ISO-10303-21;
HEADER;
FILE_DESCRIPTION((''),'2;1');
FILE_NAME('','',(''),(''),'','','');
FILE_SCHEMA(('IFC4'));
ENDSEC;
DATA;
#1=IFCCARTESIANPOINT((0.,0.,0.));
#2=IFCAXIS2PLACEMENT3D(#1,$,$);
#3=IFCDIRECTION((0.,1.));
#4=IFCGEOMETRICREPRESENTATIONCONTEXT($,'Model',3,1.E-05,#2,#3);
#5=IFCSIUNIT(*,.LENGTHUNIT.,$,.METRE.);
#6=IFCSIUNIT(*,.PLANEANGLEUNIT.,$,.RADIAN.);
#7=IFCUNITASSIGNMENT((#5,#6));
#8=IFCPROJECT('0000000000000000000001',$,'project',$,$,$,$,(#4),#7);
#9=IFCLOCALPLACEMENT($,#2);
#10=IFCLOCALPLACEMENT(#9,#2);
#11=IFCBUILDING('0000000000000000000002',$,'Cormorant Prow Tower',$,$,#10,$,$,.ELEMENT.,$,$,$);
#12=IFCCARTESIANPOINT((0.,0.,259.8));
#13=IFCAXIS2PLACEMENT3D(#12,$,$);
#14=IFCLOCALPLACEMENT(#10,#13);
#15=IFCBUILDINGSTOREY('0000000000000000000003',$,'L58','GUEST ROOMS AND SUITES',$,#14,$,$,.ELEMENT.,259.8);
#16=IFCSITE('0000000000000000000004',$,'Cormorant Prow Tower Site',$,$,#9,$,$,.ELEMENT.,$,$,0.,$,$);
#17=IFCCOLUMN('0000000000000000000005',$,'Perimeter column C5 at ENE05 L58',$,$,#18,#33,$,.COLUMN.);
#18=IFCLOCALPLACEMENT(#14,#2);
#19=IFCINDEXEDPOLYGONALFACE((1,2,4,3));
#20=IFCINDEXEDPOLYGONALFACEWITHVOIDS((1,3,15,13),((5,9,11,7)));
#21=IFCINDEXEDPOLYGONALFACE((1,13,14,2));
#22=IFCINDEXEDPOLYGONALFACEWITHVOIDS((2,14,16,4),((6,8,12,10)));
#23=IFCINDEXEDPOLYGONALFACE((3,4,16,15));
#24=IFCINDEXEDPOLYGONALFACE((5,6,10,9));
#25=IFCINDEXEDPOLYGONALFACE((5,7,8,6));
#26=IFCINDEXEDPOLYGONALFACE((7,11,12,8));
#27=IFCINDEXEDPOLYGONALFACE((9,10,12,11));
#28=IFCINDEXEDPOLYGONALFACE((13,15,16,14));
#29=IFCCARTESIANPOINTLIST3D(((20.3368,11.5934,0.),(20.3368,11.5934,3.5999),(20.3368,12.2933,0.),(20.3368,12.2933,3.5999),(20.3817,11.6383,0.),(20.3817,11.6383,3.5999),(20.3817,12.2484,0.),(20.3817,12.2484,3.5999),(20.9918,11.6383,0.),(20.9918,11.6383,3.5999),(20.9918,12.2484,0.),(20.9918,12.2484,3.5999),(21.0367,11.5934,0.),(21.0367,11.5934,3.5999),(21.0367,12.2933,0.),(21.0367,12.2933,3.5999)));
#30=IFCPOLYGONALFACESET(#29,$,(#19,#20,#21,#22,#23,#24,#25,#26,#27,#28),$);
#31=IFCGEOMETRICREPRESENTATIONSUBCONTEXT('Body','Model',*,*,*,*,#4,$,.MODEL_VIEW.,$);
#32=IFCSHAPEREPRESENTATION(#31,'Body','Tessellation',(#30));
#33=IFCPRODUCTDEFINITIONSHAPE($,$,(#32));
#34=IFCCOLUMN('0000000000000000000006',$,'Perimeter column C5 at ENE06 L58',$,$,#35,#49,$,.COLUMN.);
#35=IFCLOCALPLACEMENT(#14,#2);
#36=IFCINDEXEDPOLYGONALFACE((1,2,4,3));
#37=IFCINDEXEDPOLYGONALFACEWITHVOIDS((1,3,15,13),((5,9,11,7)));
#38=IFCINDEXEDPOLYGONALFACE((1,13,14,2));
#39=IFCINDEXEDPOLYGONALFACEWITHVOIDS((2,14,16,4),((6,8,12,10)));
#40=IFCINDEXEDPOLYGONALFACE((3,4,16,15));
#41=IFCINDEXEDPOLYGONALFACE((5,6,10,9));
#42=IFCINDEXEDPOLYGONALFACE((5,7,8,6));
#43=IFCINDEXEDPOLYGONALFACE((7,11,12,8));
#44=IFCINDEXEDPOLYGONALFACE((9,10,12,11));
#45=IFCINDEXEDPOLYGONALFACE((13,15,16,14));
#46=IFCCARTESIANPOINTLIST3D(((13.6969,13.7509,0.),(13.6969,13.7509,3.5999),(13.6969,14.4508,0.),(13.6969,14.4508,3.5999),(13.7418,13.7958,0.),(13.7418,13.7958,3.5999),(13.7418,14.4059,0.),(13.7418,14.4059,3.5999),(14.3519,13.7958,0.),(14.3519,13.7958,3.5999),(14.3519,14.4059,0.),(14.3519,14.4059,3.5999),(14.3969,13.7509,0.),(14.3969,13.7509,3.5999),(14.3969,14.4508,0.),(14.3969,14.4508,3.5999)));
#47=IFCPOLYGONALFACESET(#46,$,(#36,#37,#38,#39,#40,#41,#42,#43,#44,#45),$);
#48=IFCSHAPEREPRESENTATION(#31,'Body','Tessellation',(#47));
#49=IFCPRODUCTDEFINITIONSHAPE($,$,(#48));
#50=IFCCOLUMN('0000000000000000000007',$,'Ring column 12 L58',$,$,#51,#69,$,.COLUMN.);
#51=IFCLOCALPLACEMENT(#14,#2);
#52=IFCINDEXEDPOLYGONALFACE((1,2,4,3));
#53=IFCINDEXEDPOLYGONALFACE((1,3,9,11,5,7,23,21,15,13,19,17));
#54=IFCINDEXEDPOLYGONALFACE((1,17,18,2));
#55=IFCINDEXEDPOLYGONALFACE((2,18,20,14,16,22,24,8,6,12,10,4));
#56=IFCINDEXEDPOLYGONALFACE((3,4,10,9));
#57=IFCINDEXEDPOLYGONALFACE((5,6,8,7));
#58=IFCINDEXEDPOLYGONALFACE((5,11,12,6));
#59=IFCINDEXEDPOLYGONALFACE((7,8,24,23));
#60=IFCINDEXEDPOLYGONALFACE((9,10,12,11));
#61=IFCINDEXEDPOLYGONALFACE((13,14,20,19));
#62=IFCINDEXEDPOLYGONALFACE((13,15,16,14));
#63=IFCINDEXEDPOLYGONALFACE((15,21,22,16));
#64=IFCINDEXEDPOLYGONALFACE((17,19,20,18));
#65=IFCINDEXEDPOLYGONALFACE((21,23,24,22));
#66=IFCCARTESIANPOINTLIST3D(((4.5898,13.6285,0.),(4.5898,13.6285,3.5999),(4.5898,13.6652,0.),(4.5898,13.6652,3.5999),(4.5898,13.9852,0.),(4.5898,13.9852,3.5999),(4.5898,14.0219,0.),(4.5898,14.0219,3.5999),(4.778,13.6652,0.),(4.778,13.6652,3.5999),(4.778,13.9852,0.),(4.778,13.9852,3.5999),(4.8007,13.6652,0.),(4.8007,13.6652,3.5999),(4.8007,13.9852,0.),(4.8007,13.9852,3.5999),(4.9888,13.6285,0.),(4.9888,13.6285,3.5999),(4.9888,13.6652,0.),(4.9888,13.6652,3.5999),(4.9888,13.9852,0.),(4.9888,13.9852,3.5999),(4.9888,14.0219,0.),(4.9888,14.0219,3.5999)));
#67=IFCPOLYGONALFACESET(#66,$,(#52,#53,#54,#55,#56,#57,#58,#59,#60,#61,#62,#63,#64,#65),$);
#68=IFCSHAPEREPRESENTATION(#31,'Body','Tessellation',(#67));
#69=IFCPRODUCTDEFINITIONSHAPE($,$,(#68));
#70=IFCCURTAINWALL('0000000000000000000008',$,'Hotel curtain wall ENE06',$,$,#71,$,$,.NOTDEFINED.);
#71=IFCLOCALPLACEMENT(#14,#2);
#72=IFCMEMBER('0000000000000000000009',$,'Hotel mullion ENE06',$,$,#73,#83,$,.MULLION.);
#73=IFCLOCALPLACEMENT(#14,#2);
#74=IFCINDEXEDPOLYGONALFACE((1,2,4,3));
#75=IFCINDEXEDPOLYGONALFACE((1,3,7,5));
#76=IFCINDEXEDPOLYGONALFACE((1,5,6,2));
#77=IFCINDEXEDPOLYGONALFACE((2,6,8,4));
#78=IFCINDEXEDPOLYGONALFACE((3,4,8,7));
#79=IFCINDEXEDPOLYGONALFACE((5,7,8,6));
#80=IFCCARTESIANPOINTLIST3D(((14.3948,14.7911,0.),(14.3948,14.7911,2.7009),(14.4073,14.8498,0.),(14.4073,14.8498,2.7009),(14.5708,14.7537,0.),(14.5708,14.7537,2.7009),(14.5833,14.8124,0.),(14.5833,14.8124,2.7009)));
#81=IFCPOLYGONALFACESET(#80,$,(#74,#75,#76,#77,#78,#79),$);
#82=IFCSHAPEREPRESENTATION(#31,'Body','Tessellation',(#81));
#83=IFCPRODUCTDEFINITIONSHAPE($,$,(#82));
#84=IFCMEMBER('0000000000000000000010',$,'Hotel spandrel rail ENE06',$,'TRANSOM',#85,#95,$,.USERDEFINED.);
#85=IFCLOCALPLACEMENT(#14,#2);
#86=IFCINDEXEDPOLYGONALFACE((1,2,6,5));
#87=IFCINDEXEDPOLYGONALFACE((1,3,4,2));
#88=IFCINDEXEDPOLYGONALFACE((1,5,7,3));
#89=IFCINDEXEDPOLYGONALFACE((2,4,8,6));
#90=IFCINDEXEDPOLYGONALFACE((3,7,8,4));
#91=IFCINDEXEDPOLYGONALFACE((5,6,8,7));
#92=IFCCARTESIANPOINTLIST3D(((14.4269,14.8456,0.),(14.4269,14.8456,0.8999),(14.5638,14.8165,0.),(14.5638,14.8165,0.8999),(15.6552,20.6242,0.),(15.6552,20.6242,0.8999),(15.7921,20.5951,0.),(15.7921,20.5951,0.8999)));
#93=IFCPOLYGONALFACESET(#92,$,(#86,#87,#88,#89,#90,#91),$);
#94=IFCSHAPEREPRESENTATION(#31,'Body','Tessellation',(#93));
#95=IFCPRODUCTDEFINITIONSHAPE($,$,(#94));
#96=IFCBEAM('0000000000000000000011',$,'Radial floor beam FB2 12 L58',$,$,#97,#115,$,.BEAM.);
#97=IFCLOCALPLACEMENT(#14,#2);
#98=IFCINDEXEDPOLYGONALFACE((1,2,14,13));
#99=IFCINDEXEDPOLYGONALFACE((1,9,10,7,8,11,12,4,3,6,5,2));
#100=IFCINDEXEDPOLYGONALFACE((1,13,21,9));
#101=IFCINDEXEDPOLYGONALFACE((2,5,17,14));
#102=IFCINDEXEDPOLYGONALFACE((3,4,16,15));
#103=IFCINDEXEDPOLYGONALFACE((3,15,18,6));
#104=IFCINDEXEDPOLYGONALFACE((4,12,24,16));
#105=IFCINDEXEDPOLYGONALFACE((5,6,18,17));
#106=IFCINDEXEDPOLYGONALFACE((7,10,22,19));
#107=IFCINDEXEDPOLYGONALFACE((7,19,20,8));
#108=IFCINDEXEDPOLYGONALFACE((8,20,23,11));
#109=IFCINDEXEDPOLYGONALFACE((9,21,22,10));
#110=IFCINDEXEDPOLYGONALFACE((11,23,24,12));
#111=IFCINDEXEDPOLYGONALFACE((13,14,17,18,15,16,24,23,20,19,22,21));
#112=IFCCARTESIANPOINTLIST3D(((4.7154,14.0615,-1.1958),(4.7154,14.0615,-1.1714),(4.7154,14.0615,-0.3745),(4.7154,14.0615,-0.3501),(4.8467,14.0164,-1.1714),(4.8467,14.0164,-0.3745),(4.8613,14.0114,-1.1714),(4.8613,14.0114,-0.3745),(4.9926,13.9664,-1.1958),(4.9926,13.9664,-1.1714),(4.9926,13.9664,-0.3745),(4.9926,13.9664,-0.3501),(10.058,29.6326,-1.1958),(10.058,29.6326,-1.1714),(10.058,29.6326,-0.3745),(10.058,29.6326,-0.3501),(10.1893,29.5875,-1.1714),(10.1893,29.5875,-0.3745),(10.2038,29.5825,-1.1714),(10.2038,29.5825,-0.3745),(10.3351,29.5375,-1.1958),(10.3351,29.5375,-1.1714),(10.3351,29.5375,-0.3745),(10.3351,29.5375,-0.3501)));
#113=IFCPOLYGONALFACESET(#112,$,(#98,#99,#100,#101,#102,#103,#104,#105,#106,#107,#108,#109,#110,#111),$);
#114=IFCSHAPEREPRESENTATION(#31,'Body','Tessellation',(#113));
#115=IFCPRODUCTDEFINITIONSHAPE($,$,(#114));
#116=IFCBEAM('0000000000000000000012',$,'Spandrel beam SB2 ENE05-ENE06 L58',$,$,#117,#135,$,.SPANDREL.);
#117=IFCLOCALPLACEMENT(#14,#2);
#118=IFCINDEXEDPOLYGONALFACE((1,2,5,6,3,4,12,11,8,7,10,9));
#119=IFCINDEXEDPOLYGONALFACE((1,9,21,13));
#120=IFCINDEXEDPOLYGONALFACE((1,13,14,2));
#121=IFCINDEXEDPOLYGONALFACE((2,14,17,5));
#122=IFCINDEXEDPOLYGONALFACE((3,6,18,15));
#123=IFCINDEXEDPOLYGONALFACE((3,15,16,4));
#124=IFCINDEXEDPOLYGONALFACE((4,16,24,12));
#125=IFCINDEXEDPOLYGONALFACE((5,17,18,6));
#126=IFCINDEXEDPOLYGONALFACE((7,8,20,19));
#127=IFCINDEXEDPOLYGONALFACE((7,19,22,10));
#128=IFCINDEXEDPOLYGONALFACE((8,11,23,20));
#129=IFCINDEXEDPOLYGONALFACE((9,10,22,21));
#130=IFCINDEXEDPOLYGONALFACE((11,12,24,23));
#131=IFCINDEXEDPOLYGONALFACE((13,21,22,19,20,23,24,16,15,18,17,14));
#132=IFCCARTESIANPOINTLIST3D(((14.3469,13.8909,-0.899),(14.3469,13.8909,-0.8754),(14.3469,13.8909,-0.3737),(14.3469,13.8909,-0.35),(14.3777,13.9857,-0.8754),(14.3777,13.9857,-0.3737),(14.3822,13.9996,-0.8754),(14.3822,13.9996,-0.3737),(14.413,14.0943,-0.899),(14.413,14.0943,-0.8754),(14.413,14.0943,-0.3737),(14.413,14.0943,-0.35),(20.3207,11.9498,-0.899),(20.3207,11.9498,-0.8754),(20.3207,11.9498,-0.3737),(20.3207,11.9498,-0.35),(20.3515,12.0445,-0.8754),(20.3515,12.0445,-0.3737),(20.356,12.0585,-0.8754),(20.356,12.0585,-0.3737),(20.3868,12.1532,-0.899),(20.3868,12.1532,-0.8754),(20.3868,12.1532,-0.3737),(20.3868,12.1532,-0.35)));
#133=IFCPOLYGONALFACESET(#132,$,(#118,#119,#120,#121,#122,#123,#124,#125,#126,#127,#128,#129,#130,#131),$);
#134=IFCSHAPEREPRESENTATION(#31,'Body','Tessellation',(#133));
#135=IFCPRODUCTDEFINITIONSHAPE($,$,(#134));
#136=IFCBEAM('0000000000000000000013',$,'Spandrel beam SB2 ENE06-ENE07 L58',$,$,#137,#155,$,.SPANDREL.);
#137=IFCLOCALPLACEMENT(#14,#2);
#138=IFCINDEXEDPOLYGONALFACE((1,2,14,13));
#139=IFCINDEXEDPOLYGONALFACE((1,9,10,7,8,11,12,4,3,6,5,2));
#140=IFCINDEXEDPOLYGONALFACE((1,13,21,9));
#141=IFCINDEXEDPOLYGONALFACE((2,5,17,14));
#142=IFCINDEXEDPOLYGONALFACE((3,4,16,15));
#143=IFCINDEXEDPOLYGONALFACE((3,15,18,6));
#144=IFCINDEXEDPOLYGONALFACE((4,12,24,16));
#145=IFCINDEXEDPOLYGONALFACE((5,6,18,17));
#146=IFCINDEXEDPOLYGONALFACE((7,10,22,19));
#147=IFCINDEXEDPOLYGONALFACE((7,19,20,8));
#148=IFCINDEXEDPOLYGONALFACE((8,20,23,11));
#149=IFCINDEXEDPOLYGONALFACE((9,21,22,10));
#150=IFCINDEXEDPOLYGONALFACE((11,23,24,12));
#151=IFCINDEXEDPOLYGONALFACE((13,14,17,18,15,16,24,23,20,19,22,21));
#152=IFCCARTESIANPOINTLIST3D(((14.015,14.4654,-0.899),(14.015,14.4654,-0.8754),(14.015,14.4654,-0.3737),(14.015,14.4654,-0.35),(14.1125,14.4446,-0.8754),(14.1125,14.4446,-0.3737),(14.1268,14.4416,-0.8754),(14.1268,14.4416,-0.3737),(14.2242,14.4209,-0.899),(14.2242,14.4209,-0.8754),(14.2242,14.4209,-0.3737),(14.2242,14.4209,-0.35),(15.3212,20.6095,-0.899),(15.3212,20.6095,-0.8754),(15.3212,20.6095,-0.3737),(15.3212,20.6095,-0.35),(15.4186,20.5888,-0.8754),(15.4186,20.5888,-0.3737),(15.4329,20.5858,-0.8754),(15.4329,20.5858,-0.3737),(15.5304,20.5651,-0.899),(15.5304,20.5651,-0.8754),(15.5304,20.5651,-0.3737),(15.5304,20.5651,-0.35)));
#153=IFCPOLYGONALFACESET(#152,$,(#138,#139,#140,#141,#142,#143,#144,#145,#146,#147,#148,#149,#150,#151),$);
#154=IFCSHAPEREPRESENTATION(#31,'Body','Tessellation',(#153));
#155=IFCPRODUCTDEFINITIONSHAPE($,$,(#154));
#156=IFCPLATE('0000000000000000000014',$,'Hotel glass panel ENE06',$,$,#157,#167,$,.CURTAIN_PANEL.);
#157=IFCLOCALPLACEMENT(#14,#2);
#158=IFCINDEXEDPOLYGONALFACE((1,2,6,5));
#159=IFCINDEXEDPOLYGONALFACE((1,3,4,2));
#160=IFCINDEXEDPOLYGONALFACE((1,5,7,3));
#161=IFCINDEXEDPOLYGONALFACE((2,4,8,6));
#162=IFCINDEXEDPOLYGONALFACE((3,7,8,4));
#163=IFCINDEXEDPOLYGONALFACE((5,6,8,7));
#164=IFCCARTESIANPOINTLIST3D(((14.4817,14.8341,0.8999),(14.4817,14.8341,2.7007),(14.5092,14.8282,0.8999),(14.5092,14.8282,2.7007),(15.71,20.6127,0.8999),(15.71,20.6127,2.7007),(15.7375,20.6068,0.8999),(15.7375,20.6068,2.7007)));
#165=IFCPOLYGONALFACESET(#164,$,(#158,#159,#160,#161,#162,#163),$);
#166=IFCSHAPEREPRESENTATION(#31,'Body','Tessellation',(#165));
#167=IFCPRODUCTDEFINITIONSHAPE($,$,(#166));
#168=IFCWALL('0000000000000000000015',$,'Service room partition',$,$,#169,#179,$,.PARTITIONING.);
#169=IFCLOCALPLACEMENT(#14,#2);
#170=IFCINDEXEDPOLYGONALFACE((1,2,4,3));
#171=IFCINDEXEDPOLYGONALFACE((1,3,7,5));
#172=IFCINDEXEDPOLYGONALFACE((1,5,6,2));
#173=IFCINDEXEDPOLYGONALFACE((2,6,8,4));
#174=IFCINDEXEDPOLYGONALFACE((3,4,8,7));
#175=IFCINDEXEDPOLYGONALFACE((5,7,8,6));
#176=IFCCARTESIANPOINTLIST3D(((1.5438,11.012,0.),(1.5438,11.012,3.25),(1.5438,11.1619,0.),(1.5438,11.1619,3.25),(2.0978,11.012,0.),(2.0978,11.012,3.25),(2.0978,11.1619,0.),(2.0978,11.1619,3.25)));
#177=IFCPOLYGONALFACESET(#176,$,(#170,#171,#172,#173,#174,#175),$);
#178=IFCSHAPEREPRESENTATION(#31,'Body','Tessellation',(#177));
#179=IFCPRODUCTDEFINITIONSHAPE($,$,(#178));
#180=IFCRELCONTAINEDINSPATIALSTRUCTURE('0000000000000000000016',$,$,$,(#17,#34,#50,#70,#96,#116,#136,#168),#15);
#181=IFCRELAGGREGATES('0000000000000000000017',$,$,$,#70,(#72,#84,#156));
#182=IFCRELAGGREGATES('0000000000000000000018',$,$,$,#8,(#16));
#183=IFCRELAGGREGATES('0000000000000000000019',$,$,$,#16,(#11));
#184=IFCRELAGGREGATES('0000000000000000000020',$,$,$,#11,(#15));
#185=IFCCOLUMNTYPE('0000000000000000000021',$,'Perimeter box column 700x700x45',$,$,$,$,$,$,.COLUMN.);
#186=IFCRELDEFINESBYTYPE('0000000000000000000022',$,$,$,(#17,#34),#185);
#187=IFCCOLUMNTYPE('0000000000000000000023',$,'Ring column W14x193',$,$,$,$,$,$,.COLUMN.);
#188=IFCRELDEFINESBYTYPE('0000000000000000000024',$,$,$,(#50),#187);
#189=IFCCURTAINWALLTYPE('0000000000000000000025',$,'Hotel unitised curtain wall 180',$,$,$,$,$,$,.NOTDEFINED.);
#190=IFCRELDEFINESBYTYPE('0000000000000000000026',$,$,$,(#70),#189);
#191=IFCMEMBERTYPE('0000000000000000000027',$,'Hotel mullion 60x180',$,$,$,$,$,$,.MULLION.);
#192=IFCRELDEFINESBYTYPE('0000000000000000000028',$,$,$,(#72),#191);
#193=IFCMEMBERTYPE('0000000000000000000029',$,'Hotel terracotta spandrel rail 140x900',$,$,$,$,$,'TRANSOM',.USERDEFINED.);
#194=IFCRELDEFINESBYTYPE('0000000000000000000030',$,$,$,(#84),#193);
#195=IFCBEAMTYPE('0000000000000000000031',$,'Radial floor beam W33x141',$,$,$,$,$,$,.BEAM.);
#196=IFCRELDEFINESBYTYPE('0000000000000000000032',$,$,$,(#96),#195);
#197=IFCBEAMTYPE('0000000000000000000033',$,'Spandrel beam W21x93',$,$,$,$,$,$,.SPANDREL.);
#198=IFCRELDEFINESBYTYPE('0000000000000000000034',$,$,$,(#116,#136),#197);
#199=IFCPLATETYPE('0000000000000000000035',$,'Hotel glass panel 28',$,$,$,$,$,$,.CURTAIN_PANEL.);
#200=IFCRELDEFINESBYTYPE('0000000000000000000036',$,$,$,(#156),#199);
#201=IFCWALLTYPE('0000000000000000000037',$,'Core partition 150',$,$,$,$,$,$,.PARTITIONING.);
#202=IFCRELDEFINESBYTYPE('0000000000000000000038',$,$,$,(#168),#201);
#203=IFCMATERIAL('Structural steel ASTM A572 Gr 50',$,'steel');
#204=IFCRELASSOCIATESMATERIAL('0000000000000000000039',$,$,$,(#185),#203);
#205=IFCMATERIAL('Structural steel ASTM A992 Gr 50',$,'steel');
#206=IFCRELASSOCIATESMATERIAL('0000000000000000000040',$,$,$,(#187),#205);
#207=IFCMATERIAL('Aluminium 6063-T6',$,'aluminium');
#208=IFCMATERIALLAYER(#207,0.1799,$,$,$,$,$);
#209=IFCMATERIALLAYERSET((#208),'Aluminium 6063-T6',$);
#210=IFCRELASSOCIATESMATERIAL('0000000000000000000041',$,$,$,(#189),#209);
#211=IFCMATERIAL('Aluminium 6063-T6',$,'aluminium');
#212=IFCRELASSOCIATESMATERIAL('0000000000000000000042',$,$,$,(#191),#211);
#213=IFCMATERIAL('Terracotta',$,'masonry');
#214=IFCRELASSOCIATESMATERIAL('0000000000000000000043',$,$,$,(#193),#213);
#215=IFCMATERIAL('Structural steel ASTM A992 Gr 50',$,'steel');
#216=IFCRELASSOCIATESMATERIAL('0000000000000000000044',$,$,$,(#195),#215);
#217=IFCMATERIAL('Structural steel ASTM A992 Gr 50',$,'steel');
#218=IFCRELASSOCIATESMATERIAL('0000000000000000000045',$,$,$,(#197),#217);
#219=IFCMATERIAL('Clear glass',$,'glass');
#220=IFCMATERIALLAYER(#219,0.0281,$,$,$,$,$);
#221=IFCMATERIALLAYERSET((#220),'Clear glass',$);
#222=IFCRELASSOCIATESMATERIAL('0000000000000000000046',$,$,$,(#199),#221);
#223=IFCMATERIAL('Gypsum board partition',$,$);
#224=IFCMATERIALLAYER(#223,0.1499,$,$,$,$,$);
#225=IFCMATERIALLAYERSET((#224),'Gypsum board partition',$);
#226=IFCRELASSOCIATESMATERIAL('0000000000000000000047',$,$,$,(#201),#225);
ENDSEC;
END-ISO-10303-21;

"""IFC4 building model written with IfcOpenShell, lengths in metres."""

from ifc_helpers import new_model, si_unit, direction, frame, frame_2d, origin, origin_2d, place, context, subcontext, project, spatial, rectangle, hollow_rectangle, i_section, extrude, material, layer, layer_set, material_profile, profile_set, type_object, element, aggregate, save


model = new_model("IFC4")

# Units and contexts
model_context = context("Model", 3, precision=1e-05, world=origin(), true_north=direction((0.0, 1.0)))
body_context = subcontext(model_context, "Body", "Model", "MODEL_VIEW")
ifc_project = project(units=[si_unit("LENGTHUNIT", "METRE"), si_unit("PLANEANGLEUNIT", "RADIAN")], contexts=[model_context])

# Site, building, storey
site_placement = place(None, origin())
site = spatial("IfcSite", under=ifc_project, at=site_placement, Name="Cormorant Prow Tower Site", CompositionType="ELEMENT", RefElevation=0.0)
building_placement = place(site_placement, origin())
building = spatial("IfcBuilding", under=site, at=building_placement, Name="Cormorant Prow Tower", CompositionType="ELEMENT")
storey_placement = place(building_placement, frame((0.0, 0.0, 259.8)))
storey = spatial("IfcBuildingStorey", under=building, at=storey_placement, Name="L58", Description="GUEST ROOMS AND SUITES", CompositionType="ELEMENT", Elevation=259.8)

# Columns
ifc_material_1 = material(Name="Structural steel ASTM A572 Gr 50", Category="steel")
ifc_material_profile_1 = material_profile(ifc_material_1, hollow_rectangle(XDim=0.7, YDim=0.7, WallThickness=0.0449, at=origin_2d()), Name="Box 700x700x45")
ifc_profile_set_1 = profile_set([ifc_material_profile_1], Name="Structural steel ASTM A572 Gr 50")
column_type_1 = type_object("IfcColumnType", Name="Perimeter box column 700x700x45", PredefinedType="COLUMN", material=ifc_profile_set_1)
for number, where, z_axis, x_axis, name in (
    (1, (20.6868, 11.9434, 0.0), (0.0, 0.0, 1.0), (1.0, 0.0, 0.0), "Perimeter column C5 at ENE05 L58"),
    (2, (14.0469, 14.1008, 0.0), (0.0, 0.0, 1.0), (1.0, 0.0, 0.0), "Perimeter column C5 at ENE06 L58"),
):
    element("IfcColumn", number, at=place(storey_placement, frame(where, z_axis=z_axis, x_axis=x_axis)), inside=storey, type_object=column_type_1, Name=name, PredefinedType="COLUMN", context=body_context, shape_type="SweptSolid", body=[
        extrude(hollow_rectangle(XDim=0.7, YDim=0.7, WallThickness=0.0449, at=origin_2d()), origin(), (0.0, 0.0, 1.0), 3.5999),
    ])
ifc_material_2 = material(Name="Structural steel ASTM A992 Gr 50", Category="steel")
ifc_material_profile_2 = material_profile(ifc_material_2, i_section(OverallWidth=0.3989, OverallDepth=0.3933, WebThickness=0.0227, FlangeThickness=0.0366, at=origin_2d()), Name="W14x193")
ifc_profile_set_2 = profile_set([ifc_material_profile_2], Name="Structural steel ASTM A992 Gr 50")
column_type_2 = type_object("IfcColumnType", Name="Ring column W14x193", PredefinedType="COLUMN", material=ifc_profile_set_2)
column_placement = place(storey_placement, frame((4.7893, 13.8252, 0.0), z_axis=(0.0, 0.0, 1.0), x_axis=(1.0, 0.0, 0.0)))
element("IfcColumn", 3, at=column_placement, inside=storey, type_object=column_type_2, Name="Ring column 12 L58", PredefinedType="COLUMN", context=body_context, shape_type="SweptSolid", body=[
    extrude(i_section(OverallWidth=0.3989, OverallDepth=0.3933, WebThickness=0.0227, FlangeThickness=0.0366, at=origin_2d()), origin(), (0.0, 0.0, 1.0), 3.5999),
])

# Curtain wall, members
ifc_material_3 = material(Name="Aluminium 6063-T6", Category="aluminium")
ifc_layer_1 = layer(ifc_material_3, 0.1799)
ifc_layer_set_1 = layer_set([ifc_layer_1], Name="Aluminium 6063-T6")
curtain_wall_type = type_object("IfcCurtainWallType", Name="Hotel unitised curtain wall 180", PredefinedType="NOTDEFINED", material=ifc_layer_set_1)
curtain_wall_placement = place(storey_placement, origin())
curtain_wall = element("IfcCurtainWall", 4, at=curtain_wall_placement, inside=storey, type_object=curtain_wall_type, Name="Hotel curtain wall ENE06", PredefinedType="NOTDEFINED")
ifc_material_4 = material(Name="Aluminium 6063-T6", Category="aluminium")
ifc_material_profile_3 = material_profile(ifc_material_4, rectangle(XDim=0.1799, YDim=0.0601, at=origin_2d()), Name="Hotel mullion 60x180")
ifc_profile_set_3 = profile_set([ifc_material_profile_3], Name="Aluminium 6063-T6")
member_type_1 = type_object("IfcMemberType", Name="Hotel mullion 60x180", PredefinedType="MULLION", material=ifc_profile_set_3)
member_1_placement = place(storey_placement, frame((14.489, 14.8018, 0.0), z_axis=(0.0, 0.0, 1.0), x_axis=(-0.978148, 0.207912, 0.0)))
member_1 = element("IfcMember", 5, at=member_1_placement, type_object=member_type_1, Name="Hotel mullion ENE06", PredefinedType="MULLION", context=body_context, shape_type="SweptSolid", body=[
    extrude(rectangle(XDim=0.1799, YDim=0.0601, at=origin_2d()), origin(), (0.0, 0.0, 1.0), 2.7009),
])
ifc_material_5 = material(Name="Terracotta", Category="masonry")
ifc_material_profile_4 = material_profile(ifc_material_5, rectangle(XDim=0.1399, YDim=0.8999, at=origin_2d()), Name="Hotel terracotta spandrel rail 140x900")
ifc_profile_set_4 = profile_set([ifc_material_profile_4], Name="Terracotta")
member_type_2 = type_object("IfcMemberType", Name="Hotel terracotta spandrel rail 140x900", ElementType="TRANSOM", PredefinedType="USERDEFINED", material=ifc_profile_set_4)
member_2_placement = place(storey_placement, frame((14.4954, 14.8311, 0.45), z_axis=(0.207912, 0.978148, 0.0), x_axis=(-0.978148, 0.207912, 0.0)))
member_2 = element("IfcMember", 6, at=member_2_placement, type_object=member_type_2, Name="Hotel spandrel rail ENE06", ObjectType="TRANSOM", PredefinedType="USERDEFINED", context=body_context, shape_type="SweptSolid", body=[
    extrude(rectangle(XDim=0.1399, YDim=0.8999, at=origin_2d()), origin(), (0.0, 0.0, 1.0), 5.9077),
])

# Beams
ifc_material_6 = material(Name="Structural steel ASTM A992 Gr 50", Category="steel")
ifc_material_profile_5 = material_profile(ifc_material_6, i_section(OverallWidth=0.293, OverallDepth=0.8457, WebThickness=0.0154, FlangeThickness=0.0244, at=origin_2d()), Name="W33x141")
ifc_profile_set_5 = profile_set([ifc_material_profile_5], Name="Structural steel ASTM A992 Gr 50")
beam_type_1 = type_object("IfcBeamType", Name="Radial floor beam W33x141", PredefinedType="BEAM", material=ifc_profile_set_5)
beam_1_placement = place(storey_placement, frame((4.854, 14.0139, -0.7729), z_axis=(0.324536, 0.945874, 0.0), x_axis=(-0.945874, 0.324536, 0.0)))
element("IfcBeam", 7, at=beam_1_placement, inside=storey, type_object=beam_type_1, Name="Radial floor beam FB2 12 L58", PredefinedType="BEAM", context=body_context, shape_type="SweptSolid", body=[
    extrude(i_section(OverallWidth=0.293, OverallDepth=0.8457, WebThickness=0.0154, FlangeThickness=0.0244, at=origin_2d()), origin(), (0.0, 0.0, 1.0), 16.4622),
])
ifc_material_7 = material(Name="Structural steel ASTM A992 Gr 50", Category="steel")
ifc_material_profile_6 = material_profile(ifc_material_7, i_section(OverallWidth=0.2139, OverallDepth=0.5491, WebThickness=0.0146, FlangeThickness=0.0237, at=origin_2d()), Name="W21x93")
ifc_profile_set_6 = profile_set([ifc_material_profile_6], Name="Structural steel ASTM A992 Gr 50")
beam_type_2 = type_object("IfcBeamType", Name="Spandrel beam W21x93", PredefinedType="SPANDREL", material=ifc_profile_set_6)
beam_2_placement = place(storey_placement, frame((20.3538, 12.0515, -0.6245), z_axis=(-0.95105, 0.309036, 0.0), x_axis=(-0.309036, -0.95105, 0.0)))
element("IfcBeam", 8, at=beam_2_placement, inside=storey, type_object=beam_type_2, Name="Spandrel beam SB2 ENE05-ENE06 L58", PredefinedType="SPANDREL", context=body_context, shape_type="SweptSolid", body=[
    extrude(i_section(OverallWidth=0.2139, OverallDepth=0.5491, WebThickness=0.0146, FlangeThickness=0.0237, at=origin_2d()), origin(), (0.0, 0.0, 1.0), 6.2812),
])
beam_3_placement = place(storey_placement, frame((14.1196, 14.4431, -0.6245), z_axis=(0.207934, 0.978143, 0.0), x_axis=(-0.978143, 0.207934, 0.0)))
element("IfcBeam", 9, at=beam_3_placement, inside=storey, type_object=beam_type_2, Name="Spandrel beam SB2 ENE06-ENE07 L58", PredefinedType="SPANDREL", context=body_context, shape_type="SweptSolid", body=[
    extrude(i_section(OverallWidth=0.2139, OverallDepth=0.5491, WebThickness=0.0146, FlangeThickness=0.0237, at=origin_2d()), origin(), (0.0, 0.0, 1.0), 6.2815),
])

# Plate
ifc_material_8 = material(Name="Clear glass", Category="glass")
ifc_layer_2 = layer(ifc_material_8, 0.0281)
ifc_layer_set_2 = layer_set([ifc_layer_2], Name="Clear glass")
plate_type = type_object("IfcPlateType", Name="Hotel glass panel 28", PredefinedType="CURTAIN_PANEL", material=ifc_layer_set_2)
plate_placement = place(storey_placement, frame((15.1096, 17.7205, 0.8999), z_axis=(0.0, 0.0, 1.0), x_axis=(0.207912, 0.978148, 0.0)))
plate = element("IfcPlate", 10, at=plate_placement, type_object=plate_type, Name="Hotel glass panel ENE06", PredefinedType="CURTAIN_PANEL", context=body_context, shape_type="SweptSolid", body=[
    extrude(rectangle(XDim=5.9077, YDim=0.0281, at=origin_2d()), origin(), (0.0, 0.0, 1.0), 1.8008),
])
aggregate(curtain_wall, [member_1, member_2, plate])

# Wall
ifc_material_9 = material(Name="Gypsum board partition")
ifc_layer_3 = layer(ifc_material_9, 0.1499)
ifc_layer_set_3 = layer_set([ifc_layer_3], Name="Gypsum board partition")
wall_type_1 = type_object("IfcWallType", Name="Core partition 150", PredefinedType="PARTITIONING", material=ifc_layer_set_3)
wall_1_placement = place(storey_placement, frame((1.5439, 11.0869, 0.0), z_axis=(0.0, 0.0, 1.0), x_axis=(1.0, 0.0, 0.0)))
element("IfcWall", 11, at=wall_1_placement, inside=storey, type_object=wall_type_1, Name="Service room partition", PredefinedType="PARTITIONING", context=body_context, shape_type="SweptSolid", body=[
    extrude(rectangle(XDim=0.554, YDim=0.1499, at=frame_2d((0.2769, 0.0))), origin(), (0.0, 0.0, 1.0), 3.25),
])

save(model, "model.ifc")
